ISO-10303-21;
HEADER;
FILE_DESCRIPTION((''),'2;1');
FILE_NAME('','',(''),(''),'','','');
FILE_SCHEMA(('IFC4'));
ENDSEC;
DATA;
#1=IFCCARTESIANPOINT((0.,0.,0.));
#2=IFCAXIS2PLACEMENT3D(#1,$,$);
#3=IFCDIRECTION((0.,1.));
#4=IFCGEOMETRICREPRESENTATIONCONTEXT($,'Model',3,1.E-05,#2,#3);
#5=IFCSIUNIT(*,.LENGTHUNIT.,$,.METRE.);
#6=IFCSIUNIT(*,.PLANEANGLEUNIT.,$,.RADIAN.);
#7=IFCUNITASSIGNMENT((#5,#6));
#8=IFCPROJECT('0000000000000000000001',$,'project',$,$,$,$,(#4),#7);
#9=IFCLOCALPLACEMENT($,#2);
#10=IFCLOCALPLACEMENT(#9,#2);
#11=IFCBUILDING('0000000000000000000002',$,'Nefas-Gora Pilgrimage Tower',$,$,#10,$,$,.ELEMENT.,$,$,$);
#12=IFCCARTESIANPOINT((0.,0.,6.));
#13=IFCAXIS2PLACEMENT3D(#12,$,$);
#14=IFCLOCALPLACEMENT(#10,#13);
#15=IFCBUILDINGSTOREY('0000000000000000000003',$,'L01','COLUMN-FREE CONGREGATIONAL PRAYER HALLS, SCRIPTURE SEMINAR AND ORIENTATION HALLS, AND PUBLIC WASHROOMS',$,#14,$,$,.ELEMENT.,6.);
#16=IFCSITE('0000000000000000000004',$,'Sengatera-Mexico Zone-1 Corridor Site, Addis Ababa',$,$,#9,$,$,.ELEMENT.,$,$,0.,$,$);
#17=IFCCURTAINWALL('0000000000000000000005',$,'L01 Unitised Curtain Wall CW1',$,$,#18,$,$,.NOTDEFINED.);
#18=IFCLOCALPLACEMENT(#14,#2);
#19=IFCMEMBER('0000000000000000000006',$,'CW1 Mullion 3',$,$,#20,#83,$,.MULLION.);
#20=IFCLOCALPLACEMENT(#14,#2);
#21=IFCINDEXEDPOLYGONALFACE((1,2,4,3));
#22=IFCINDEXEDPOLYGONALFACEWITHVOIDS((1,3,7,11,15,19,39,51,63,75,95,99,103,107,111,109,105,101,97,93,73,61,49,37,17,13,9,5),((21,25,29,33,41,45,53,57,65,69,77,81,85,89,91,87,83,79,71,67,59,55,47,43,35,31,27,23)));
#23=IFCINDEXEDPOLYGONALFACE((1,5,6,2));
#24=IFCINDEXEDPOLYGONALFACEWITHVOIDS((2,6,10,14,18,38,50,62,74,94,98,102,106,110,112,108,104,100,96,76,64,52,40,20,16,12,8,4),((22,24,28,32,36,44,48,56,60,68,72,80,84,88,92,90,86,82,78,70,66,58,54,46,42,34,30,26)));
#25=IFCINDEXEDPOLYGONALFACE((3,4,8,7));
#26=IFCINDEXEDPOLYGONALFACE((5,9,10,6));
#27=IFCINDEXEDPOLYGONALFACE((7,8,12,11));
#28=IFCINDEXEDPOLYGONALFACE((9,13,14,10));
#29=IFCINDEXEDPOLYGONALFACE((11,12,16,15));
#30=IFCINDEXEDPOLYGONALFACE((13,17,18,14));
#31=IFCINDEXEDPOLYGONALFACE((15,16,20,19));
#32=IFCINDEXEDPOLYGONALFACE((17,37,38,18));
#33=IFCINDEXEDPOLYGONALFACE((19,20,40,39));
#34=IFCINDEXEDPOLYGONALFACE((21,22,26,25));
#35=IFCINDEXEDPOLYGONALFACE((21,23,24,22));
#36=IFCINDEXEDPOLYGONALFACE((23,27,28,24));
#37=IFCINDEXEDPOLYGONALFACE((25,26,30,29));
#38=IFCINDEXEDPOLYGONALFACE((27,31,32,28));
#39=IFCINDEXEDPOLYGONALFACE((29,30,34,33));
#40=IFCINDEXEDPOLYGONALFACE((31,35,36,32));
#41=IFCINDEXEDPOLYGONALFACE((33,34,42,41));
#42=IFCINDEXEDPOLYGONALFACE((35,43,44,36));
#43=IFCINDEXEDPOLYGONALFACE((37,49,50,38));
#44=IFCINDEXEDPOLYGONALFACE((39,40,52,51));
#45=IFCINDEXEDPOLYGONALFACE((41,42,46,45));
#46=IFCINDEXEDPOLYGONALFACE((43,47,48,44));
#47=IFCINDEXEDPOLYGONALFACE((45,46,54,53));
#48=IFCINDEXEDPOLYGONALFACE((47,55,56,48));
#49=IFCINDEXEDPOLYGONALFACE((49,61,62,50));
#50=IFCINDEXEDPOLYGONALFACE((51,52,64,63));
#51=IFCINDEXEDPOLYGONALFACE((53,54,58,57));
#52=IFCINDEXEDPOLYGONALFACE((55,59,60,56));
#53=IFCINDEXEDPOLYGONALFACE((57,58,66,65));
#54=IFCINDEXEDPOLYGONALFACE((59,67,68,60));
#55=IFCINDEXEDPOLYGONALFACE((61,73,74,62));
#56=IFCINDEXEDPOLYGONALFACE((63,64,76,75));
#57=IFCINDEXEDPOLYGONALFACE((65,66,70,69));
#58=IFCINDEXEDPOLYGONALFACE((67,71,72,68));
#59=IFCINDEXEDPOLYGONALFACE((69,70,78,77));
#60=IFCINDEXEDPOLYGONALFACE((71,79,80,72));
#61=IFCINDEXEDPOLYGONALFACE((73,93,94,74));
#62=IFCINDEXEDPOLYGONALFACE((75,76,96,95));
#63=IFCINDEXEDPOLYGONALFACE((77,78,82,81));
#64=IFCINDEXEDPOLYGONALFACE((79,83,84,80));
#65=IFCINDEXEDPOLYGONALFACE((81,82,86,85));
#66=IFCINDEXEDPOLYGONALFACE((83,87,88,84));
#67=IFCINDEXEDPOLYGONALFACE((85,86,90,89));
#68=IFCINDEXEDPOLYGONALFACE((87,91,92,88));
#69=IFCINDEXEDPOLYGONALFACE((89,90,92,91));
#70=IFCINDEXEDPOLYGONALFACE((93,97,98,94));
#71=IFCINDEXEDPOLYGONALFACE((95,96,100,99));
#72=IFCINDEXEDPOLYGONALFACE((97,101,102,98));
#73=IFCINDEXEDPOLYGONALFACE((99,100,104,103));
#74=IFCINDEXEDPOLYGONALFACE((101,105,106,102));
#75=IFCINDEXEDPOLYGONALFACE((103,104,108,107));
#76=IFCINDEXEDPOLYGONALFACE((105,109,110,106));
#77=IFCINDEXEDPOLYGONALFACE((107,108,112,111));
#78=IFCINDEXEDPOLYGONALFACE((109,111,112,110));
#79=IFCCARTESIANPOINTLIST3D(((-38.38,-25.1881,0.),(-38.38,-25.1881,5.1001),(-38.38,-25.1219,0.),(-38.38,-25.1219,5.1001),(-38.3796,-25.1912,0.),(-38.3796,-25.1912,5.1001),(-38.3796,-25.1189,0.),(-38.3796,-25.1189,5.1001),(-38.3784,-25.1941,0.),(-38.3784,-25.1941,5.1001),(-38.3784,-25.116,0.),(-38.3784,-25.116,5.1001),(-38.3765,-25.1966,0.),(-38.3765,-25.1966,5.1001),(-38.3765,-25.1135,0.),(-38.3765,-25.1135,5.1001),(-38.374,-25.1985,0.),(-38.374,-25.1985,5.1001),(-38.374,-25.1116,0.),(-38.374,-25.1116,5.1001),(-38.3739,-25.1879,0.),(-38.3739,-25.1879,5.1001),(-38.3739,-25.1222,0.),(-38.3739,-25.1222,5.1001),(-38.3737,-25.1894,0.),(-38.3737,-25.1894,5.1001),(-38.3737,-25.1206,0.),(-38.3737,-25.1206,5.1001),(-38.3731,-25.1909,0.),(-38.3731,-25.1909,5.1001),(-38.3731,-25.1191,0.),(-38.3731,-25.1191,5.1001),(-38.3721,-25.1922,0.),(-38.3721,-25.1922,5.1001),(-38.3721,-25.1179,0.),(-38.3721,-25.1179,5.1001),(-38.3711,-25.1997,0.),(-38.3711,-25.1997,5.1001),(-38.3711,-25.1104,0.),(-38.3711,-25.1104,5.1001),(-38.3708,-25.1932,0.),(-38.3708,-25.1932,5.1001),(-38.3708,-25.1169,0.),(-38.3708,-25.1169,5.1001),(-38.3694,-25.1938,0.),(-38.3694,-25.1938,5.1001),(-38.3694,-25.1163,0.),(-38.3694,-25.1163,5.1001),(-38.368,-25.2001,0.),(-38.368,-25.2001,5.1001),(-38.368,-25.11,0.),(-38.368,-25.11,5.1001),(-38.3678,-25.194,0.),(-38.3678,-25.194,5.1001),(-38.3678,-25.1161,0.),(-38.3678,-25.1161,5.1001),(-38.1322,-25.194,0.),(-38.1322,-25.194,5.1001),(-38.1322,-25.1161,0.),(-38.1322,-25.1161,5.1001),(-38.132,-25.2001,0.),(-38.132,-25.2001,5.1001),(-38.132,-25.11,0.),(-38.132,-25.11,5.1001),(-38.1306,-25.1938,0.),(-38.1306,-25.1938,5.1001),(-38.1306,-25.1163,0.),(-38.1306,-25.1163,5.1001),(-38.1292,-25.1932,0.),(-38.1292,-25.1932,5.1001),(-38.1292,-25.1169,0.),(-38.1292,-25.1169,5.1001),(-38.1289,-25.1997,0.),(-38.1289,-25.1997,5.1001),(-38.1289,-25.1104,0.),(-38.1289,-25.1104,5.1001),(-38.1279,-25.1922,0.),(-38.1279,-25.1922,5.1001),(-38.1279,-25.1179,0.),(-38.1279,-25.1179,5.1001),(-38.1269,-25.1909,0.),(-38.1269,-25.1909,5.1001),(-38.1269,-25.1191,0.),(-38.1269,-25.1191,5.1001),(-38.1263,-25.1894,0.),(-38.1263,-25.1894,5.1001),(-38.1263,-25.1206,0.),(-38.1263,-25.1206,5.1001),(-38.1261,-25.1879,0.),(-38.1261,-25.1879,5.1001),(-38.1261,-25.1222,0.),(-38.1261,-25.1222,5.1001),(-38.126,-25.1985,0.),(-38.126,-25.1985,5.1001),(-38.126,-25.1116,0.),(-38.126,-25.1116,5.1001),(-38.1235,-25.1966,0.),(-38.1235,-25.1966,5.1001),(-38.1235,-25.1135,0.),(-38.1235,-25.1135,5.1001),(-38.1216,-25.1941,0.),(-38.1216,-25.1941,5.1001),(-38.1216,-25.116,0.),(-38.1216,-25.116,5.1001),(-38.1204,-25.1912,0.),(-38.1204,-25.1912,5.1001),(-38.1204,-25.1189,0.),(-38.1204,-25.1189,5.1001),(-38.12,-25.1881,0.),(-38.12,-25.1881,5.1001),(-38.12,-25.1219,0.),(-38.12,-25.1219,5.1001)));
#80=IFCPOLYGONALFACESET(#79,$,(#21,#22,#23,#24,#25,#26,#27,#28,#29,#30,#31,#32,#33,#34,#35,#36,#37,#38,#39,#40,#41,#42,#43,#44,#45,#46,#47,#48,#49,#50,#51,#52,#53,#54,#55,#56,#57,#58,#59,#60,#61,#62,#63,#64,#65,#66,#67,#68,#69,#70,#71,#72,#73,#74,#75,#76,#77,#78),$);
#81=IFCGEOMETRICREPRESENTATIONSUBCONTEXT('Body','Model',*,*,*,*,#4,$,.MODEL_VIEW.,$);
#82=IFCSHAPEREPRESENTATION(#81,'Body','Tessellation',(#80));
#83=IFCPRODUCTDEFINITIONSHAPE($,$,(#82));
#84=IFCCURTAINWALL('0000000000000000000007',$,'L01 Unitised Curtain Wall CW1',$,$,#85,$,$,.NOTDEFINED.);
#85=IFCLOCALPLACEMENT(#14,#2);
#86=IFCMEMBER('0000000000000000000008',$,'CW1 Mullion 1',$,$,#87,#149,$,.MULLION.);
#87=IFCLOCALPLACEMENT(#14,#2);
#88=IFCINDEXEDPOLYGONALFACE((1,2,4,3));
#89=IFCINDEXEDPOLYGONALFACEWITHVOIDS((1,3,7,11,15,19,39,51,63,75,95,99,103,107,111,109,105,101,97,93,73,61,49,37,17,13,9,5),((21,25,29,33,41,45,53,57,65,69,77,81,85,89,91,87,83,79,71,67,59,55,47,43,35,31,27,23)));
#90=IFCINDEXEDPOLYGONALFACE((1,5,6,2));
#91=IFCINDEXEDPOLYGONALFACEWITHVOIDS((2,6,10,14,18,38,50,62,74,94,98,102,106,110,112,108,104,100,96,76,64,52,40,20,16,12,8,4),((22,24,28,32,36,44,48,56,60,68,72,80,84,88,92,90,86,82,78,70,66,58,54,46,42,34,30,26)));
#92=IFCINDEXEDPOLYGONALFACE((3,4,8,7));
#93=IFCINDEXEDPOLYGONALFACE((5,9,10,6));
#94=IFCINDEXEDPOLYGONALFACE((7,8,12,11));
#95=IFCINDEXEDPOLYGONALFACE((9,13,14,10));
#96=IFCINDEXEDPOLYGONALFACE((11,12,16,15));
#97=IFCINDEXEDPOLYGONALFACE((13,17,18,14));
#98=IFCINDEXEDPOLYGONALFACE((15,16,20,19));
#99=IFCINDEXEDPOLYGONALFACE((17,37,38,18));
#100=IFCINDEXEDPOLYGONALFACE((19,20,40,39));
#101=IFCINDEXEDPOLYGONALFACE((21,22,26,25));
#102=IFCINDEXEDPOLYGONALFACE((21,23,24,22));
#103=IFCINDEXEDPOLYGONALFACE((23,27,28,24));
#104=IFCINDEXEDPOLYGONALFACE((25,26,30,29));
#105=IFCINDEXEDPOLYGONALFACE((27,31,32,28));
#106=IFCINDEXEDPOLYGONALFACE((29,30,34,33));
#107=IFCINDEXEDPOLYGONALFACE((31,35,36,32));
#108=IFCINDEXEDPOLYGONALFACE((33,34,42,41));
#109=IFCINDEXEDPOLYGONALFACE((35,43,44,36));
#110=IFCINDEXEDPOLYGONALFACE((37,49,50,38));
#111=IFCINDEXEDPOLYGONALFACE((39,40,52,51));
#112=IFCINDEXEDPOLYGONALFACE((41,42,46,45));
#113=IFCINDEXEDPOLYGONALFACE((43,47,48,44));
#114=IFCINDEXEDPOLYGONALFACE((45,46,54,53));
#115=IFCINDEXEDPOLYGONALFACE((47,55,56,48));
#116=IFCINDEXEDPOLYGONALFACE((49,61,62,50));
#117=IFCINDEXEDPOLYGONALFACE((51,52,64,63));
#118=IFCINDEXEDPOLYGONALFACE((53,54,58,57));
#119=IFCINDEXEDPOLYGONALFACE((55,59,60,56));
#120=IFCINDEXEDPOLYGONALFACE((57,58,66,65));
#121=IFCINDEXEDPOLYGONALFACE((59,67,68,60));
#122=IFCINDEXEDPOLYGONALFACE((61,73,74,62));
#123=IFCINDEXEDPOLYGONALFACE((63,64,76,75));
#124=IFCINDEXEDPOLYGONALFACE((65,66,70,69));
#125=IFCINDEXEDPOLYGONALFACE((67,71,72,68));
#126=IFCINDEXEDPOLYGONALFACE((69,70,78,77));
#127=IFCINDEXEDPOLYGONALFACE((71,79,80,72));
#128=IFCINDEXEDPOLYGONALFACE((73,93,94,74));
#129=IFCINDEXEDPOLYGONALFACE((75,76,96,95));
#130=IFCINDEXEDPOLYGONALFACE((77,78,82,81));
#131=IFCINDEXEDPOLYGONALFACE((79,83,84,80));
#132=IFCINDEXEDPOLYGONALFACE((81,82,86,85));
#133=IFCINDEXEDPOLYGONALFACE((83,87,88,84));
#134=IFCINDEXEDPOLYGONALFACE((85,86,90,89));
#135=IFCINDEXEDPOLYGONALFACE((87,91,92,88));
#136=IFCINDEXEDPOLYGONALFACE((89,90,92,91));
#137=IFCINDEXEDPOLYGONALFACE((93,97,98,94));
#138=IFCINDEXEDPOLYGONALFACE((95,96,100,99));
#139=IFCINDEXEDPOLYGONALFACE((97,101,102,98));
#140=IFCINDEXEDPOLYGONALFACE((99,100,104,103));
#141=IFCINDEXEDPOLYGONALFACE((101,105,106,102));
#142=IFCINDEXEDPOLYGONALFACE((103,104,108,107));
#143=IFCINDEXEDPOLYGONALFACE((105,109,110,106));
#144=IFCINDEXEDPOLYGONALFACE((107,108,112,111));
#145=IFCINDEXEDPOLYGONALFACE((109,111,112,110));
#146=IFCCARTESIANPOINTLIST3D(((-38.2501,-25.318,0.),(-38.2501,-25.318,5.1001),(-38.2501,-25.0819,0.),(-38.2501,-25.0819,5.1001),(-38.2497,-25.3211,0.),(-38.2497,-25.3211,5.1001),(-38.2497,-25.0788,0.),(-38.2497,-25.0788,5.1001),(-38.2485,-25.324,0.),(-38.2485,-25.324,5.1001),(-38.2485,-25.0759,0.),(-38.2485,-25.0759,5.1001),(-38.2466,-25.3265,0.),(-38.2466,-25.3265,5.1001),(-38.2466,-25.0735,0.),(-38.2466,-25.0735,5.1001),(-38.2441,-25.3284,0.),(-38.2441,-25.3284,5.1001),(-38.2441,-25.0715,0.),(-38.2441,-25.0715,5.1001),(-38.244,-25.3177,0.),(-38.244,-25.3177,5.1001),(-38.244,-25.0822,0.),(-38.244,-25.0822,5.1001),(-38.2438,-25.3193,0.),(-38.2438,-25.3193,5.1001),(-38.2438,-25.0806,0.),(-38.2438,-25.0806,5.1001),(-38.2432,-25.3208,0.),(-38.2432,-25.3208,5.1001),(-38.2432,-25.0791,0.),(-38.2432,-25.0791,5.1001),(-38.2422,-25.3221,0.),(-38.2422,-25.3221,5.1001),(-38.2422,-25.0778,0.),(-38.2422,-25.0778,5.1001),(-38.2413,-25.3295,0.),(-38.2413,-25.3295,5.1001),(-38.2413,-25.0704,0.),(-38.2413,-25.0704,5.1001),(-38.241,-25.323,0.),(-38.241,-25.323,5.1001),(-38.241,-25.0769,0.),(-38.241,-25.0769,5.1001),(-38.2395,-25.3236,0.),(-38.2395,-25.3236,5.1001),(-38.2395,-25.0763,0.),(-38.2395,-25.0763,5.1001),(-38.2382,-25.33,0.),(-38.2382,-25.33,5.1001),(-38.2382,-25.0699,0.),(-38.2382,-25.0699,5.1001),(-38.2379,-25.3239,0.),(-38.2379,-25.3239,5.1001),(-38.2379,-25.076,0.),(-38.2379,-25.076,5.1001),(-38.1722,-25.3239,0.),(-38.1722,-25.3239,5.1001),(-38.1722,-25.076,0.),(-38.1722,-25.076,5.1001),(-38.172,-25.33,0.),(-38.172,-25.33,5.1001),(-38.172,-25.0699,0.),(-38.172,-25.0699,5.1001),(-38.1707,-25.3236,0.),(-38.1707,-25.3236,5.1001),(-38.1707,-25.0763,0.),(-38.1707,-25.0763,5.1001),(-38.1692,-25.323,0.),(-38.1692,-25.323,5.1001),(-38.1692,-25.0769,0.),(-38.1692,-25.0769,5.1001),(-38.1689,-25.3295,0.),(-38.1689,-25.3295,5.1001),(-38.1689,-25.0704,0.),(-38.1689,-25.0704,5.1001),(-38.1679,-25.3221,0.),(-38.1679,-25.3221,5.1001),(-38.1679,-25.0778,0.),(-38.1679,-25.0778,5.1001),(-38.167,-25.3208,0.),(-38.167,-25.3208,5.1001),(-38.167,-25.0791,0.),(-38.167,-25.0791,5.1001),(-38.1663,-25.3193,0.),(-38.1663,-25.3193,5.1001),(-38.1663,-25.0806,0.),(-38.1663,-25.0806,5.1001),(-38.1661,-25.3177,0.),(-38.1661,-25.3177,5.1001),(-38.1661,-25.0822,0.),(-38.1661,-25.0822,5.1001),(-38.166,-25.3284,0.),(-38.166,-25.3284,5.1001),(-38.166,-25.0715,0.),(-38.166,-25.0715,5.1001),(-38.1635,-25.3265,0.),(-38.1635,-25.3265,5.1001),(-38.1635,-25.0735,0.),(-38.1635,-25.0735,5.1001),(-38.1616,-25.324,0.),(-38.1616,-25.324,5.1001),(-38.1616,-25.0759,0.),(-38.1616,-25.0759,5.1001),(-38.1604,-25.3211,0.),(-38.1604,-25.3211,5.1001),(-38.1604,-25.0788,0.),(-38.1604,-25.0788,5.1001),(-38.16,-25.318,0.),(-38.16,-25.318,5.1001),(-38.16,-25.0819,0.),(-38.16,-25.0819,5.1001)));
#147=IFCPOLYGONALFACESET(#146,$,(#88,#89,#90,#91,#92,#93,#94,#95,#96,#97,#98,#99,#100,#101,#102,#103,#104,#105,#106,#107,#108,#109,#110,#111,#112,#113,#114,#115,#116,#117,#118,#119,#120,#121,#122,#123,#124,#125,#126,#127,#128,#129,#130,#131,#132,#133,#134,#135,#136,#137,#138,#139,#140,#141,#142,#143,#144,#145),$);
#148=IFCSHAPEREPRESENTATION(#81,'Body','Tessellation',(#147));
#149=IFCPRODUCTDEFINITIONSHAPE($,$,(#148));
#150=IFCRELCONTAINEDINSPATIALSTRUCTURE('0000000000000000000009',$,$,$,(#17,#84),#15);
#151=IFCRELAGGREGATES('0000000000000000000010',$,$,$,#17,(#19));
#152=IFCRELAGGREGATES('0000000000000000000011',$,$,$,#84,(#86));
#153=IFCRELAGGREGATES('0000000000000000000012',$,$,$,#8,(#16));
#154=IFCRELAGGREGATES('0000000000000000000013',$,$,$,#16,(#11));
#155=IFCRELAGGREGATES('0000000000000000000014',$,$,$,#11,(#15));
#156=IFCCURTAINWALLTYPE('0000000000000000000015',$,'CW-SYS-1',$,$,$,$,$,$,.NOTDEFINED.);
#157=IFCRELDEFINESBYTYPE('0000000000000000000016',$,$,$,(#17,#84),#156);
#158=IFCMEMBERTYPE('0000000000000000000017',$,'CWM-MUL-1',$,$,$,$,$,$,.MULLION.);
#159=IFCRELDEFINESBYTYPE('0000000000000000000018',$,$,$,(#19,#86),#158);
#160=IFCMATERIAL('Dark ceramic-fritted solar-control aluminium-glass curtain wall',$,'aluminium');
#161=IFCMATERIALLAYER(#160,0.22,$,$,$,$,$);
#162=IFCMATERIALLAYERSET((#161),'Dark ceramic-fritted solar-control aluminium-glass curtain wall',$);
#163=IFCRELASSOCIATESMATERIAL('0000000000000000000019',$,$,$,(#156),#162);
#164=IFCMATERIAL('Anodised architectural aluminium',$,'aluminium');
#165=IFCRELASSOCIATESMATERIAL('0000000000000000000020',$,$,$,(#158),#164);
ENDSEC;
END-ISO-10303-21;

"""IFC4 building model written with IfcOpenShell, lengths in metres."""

from ifc_helpers import new_model, si_unit, direction, frame, origin, origin_2d, place, context, subcontext, project, spatial, hollow_rectangle, extrude, source, transform, mapped, material, layer, layer_set, material_profile, profile_set, type_object, element, aggregate, save


model = new_model("IFC4")

# Units and contexts
model_context = context("Model", 3, precision=1e-05, world=origin(), true_north=direction((0.0, 1.0)))
body_context = subcontext(model_context, "Body", "Model", "MODEL_VIEW")
ifc_project = project(units=[si_unit("LENGTHUNIT", "METRE"), si_unit("PLANEANGLEUNIT", "RADIAN")], contexts=[model_context])

# Site, building, storey
site_placement = place(None, origin())
site = spatial("IfcSite", under=ifc_project, at=site_placement, Name="Sengatera-Mexico Zone-1 Corridor Site, Addis Ababa", CompositionType="ELEMENT", RefElevation=0.0)
building_placement = place(site_placement, origin())
building = spatial("IfcBuilding", under=site, at=building_placement, Name="Nefas-Gora Pilgrimage Tower", CompositionType="ELEMENT")
storey_placement = place(building_placement, frame((0.0, 0.0, 6.0)))
storey = spatial("IfcBuildingStorey", under=building, at=storey_placement, Name="L01", Description="COLUMN-FREE CONGREGATIONAL PRAYER HALLS, SCRIPTURE SEMINAR AND ORIENTATION HALLS, AND PUBLIC WASHROOMS", CompositionType="ELEMENT", Elevation=6.0)

# Curtain wall, member
ifc_material_1 = material(Name="Dark ceramic-fritted solar-control aluminium-glass curtain wall", Category="aluminium")
ifc_layer_1 = layer(ifc_material_1, 0.22)
ifc_layer_set_1 = layer_set([ifc_layer_1], Name="Dark ceramic-fritted solar-control aluminium-glass curtain wall")
curtain_wall_type = type_object("IfcCurtainWallType", Name="CW-SYS-1", PredefinedType="NOTDEFINED", material=ifc_layer_set_1)
curtain_wall_1_placement = place(storey_placement, origin())
curtain_wall_1 = element("IfcCurtainWall", 1, at=curtain_wall_1_placement, inside=storey, type_object=curtain_wall_type, Name="L01 Unitised Curtain Wall CW1", PredefinedType="NOTDEFINED")
ifc_material_2 = material(Name="Anodised architectural aluminium", Category="aluminium")
ifc_material_profile_1 = material_profile(ifc_material_2, hollow_rectangle(XDim=0.0901, YDim=0.26, WallThickness=0.0061, InnerFilletRadius=0.0061, OuterFilletRadius=0.012, at=origin_2d()), Name="ALU MULLION 90x260")
ifc_profile_set_1 = profile_set([ifc_material_profile_1], Name="Anodised architectural aluminium")
member_type_1 = type_object("IfcMemberType", Name="CWM-MUL-1", PredefinedType="MULLION", material=ifc_profile_set_1)
shared_shape_1 = source(origin(), body_context, "Body", "SweptSolid", [
    extrude(hollow_rectangle(XDim=0.0901, YDim=0.26, WallThickness=0.0061, InnerFilletRadius=0.0061, OuterFilletRadius=0.012, at=origin_2d()), origin(), (0.0, 0.0, 1.0), 5.1001),
])
member_1_placement = place(storey_placement, frame((-38.25, -25.155, 0.0), z_axis=(0.0, 0.0, 1.0), x_axis=(0.0, -1.0, 0.0)))
member_1 = element("IfcMember", 2, at=member_1_placement, type_object=member_type_1, Name="CW1 Mullion 3", PredefinedType="MULLION", context=body_context, shape_type="MappedRepresentation", body=[
    mapped(shared_shape_1, transform((0.0, 0.0, 0.0), x_axis=(1.0, 0.0, 0.0), y_axis=(0.0, 1.0, 0.0), z_axis=(0.0, 0.0, 1.0), scale=1.0)),
])

# Curtain wall, member
curtain_wall_2_placement = place(storey_placement, origin())
curtain_wall_2 = element("IfcCurtainWall", 3, at=curtain_wall_2_placement, inside=storey, type_object=curtain_wall_type, Name="L01 Unitised Curtain Wall CW1", PredefinedType="NOTDEFINED")
member_2_placement = place(storey_placement, frame((-38.2051, -25.2, 0.0), z_axis=(0.0, 0.0, 1.0), x_axis=(1.0, 0.0, 0.0)))
member_2 = element("IfcMember", 4, at=member_2_placement, type_object=member_type_1, Name="CW1 Mullion 1", PredefinedType="MULLION", context=body_context, shape_type="MappedRepresentation", body=[
    mapped(shared_shape_1, transform((0.0, 0.0, 0.0), x_axis=(1.0, 0.0, 0.0), y_axis=(0.0, 1.0, 0.0), z_axis=(0.0, 0.0, 1.0), scale=1.0)),
])

aggregate(curtain_wall_1, [member_1])
aggregate(curtain_wall_2, [member_2])

save(model, "model.ifc")
